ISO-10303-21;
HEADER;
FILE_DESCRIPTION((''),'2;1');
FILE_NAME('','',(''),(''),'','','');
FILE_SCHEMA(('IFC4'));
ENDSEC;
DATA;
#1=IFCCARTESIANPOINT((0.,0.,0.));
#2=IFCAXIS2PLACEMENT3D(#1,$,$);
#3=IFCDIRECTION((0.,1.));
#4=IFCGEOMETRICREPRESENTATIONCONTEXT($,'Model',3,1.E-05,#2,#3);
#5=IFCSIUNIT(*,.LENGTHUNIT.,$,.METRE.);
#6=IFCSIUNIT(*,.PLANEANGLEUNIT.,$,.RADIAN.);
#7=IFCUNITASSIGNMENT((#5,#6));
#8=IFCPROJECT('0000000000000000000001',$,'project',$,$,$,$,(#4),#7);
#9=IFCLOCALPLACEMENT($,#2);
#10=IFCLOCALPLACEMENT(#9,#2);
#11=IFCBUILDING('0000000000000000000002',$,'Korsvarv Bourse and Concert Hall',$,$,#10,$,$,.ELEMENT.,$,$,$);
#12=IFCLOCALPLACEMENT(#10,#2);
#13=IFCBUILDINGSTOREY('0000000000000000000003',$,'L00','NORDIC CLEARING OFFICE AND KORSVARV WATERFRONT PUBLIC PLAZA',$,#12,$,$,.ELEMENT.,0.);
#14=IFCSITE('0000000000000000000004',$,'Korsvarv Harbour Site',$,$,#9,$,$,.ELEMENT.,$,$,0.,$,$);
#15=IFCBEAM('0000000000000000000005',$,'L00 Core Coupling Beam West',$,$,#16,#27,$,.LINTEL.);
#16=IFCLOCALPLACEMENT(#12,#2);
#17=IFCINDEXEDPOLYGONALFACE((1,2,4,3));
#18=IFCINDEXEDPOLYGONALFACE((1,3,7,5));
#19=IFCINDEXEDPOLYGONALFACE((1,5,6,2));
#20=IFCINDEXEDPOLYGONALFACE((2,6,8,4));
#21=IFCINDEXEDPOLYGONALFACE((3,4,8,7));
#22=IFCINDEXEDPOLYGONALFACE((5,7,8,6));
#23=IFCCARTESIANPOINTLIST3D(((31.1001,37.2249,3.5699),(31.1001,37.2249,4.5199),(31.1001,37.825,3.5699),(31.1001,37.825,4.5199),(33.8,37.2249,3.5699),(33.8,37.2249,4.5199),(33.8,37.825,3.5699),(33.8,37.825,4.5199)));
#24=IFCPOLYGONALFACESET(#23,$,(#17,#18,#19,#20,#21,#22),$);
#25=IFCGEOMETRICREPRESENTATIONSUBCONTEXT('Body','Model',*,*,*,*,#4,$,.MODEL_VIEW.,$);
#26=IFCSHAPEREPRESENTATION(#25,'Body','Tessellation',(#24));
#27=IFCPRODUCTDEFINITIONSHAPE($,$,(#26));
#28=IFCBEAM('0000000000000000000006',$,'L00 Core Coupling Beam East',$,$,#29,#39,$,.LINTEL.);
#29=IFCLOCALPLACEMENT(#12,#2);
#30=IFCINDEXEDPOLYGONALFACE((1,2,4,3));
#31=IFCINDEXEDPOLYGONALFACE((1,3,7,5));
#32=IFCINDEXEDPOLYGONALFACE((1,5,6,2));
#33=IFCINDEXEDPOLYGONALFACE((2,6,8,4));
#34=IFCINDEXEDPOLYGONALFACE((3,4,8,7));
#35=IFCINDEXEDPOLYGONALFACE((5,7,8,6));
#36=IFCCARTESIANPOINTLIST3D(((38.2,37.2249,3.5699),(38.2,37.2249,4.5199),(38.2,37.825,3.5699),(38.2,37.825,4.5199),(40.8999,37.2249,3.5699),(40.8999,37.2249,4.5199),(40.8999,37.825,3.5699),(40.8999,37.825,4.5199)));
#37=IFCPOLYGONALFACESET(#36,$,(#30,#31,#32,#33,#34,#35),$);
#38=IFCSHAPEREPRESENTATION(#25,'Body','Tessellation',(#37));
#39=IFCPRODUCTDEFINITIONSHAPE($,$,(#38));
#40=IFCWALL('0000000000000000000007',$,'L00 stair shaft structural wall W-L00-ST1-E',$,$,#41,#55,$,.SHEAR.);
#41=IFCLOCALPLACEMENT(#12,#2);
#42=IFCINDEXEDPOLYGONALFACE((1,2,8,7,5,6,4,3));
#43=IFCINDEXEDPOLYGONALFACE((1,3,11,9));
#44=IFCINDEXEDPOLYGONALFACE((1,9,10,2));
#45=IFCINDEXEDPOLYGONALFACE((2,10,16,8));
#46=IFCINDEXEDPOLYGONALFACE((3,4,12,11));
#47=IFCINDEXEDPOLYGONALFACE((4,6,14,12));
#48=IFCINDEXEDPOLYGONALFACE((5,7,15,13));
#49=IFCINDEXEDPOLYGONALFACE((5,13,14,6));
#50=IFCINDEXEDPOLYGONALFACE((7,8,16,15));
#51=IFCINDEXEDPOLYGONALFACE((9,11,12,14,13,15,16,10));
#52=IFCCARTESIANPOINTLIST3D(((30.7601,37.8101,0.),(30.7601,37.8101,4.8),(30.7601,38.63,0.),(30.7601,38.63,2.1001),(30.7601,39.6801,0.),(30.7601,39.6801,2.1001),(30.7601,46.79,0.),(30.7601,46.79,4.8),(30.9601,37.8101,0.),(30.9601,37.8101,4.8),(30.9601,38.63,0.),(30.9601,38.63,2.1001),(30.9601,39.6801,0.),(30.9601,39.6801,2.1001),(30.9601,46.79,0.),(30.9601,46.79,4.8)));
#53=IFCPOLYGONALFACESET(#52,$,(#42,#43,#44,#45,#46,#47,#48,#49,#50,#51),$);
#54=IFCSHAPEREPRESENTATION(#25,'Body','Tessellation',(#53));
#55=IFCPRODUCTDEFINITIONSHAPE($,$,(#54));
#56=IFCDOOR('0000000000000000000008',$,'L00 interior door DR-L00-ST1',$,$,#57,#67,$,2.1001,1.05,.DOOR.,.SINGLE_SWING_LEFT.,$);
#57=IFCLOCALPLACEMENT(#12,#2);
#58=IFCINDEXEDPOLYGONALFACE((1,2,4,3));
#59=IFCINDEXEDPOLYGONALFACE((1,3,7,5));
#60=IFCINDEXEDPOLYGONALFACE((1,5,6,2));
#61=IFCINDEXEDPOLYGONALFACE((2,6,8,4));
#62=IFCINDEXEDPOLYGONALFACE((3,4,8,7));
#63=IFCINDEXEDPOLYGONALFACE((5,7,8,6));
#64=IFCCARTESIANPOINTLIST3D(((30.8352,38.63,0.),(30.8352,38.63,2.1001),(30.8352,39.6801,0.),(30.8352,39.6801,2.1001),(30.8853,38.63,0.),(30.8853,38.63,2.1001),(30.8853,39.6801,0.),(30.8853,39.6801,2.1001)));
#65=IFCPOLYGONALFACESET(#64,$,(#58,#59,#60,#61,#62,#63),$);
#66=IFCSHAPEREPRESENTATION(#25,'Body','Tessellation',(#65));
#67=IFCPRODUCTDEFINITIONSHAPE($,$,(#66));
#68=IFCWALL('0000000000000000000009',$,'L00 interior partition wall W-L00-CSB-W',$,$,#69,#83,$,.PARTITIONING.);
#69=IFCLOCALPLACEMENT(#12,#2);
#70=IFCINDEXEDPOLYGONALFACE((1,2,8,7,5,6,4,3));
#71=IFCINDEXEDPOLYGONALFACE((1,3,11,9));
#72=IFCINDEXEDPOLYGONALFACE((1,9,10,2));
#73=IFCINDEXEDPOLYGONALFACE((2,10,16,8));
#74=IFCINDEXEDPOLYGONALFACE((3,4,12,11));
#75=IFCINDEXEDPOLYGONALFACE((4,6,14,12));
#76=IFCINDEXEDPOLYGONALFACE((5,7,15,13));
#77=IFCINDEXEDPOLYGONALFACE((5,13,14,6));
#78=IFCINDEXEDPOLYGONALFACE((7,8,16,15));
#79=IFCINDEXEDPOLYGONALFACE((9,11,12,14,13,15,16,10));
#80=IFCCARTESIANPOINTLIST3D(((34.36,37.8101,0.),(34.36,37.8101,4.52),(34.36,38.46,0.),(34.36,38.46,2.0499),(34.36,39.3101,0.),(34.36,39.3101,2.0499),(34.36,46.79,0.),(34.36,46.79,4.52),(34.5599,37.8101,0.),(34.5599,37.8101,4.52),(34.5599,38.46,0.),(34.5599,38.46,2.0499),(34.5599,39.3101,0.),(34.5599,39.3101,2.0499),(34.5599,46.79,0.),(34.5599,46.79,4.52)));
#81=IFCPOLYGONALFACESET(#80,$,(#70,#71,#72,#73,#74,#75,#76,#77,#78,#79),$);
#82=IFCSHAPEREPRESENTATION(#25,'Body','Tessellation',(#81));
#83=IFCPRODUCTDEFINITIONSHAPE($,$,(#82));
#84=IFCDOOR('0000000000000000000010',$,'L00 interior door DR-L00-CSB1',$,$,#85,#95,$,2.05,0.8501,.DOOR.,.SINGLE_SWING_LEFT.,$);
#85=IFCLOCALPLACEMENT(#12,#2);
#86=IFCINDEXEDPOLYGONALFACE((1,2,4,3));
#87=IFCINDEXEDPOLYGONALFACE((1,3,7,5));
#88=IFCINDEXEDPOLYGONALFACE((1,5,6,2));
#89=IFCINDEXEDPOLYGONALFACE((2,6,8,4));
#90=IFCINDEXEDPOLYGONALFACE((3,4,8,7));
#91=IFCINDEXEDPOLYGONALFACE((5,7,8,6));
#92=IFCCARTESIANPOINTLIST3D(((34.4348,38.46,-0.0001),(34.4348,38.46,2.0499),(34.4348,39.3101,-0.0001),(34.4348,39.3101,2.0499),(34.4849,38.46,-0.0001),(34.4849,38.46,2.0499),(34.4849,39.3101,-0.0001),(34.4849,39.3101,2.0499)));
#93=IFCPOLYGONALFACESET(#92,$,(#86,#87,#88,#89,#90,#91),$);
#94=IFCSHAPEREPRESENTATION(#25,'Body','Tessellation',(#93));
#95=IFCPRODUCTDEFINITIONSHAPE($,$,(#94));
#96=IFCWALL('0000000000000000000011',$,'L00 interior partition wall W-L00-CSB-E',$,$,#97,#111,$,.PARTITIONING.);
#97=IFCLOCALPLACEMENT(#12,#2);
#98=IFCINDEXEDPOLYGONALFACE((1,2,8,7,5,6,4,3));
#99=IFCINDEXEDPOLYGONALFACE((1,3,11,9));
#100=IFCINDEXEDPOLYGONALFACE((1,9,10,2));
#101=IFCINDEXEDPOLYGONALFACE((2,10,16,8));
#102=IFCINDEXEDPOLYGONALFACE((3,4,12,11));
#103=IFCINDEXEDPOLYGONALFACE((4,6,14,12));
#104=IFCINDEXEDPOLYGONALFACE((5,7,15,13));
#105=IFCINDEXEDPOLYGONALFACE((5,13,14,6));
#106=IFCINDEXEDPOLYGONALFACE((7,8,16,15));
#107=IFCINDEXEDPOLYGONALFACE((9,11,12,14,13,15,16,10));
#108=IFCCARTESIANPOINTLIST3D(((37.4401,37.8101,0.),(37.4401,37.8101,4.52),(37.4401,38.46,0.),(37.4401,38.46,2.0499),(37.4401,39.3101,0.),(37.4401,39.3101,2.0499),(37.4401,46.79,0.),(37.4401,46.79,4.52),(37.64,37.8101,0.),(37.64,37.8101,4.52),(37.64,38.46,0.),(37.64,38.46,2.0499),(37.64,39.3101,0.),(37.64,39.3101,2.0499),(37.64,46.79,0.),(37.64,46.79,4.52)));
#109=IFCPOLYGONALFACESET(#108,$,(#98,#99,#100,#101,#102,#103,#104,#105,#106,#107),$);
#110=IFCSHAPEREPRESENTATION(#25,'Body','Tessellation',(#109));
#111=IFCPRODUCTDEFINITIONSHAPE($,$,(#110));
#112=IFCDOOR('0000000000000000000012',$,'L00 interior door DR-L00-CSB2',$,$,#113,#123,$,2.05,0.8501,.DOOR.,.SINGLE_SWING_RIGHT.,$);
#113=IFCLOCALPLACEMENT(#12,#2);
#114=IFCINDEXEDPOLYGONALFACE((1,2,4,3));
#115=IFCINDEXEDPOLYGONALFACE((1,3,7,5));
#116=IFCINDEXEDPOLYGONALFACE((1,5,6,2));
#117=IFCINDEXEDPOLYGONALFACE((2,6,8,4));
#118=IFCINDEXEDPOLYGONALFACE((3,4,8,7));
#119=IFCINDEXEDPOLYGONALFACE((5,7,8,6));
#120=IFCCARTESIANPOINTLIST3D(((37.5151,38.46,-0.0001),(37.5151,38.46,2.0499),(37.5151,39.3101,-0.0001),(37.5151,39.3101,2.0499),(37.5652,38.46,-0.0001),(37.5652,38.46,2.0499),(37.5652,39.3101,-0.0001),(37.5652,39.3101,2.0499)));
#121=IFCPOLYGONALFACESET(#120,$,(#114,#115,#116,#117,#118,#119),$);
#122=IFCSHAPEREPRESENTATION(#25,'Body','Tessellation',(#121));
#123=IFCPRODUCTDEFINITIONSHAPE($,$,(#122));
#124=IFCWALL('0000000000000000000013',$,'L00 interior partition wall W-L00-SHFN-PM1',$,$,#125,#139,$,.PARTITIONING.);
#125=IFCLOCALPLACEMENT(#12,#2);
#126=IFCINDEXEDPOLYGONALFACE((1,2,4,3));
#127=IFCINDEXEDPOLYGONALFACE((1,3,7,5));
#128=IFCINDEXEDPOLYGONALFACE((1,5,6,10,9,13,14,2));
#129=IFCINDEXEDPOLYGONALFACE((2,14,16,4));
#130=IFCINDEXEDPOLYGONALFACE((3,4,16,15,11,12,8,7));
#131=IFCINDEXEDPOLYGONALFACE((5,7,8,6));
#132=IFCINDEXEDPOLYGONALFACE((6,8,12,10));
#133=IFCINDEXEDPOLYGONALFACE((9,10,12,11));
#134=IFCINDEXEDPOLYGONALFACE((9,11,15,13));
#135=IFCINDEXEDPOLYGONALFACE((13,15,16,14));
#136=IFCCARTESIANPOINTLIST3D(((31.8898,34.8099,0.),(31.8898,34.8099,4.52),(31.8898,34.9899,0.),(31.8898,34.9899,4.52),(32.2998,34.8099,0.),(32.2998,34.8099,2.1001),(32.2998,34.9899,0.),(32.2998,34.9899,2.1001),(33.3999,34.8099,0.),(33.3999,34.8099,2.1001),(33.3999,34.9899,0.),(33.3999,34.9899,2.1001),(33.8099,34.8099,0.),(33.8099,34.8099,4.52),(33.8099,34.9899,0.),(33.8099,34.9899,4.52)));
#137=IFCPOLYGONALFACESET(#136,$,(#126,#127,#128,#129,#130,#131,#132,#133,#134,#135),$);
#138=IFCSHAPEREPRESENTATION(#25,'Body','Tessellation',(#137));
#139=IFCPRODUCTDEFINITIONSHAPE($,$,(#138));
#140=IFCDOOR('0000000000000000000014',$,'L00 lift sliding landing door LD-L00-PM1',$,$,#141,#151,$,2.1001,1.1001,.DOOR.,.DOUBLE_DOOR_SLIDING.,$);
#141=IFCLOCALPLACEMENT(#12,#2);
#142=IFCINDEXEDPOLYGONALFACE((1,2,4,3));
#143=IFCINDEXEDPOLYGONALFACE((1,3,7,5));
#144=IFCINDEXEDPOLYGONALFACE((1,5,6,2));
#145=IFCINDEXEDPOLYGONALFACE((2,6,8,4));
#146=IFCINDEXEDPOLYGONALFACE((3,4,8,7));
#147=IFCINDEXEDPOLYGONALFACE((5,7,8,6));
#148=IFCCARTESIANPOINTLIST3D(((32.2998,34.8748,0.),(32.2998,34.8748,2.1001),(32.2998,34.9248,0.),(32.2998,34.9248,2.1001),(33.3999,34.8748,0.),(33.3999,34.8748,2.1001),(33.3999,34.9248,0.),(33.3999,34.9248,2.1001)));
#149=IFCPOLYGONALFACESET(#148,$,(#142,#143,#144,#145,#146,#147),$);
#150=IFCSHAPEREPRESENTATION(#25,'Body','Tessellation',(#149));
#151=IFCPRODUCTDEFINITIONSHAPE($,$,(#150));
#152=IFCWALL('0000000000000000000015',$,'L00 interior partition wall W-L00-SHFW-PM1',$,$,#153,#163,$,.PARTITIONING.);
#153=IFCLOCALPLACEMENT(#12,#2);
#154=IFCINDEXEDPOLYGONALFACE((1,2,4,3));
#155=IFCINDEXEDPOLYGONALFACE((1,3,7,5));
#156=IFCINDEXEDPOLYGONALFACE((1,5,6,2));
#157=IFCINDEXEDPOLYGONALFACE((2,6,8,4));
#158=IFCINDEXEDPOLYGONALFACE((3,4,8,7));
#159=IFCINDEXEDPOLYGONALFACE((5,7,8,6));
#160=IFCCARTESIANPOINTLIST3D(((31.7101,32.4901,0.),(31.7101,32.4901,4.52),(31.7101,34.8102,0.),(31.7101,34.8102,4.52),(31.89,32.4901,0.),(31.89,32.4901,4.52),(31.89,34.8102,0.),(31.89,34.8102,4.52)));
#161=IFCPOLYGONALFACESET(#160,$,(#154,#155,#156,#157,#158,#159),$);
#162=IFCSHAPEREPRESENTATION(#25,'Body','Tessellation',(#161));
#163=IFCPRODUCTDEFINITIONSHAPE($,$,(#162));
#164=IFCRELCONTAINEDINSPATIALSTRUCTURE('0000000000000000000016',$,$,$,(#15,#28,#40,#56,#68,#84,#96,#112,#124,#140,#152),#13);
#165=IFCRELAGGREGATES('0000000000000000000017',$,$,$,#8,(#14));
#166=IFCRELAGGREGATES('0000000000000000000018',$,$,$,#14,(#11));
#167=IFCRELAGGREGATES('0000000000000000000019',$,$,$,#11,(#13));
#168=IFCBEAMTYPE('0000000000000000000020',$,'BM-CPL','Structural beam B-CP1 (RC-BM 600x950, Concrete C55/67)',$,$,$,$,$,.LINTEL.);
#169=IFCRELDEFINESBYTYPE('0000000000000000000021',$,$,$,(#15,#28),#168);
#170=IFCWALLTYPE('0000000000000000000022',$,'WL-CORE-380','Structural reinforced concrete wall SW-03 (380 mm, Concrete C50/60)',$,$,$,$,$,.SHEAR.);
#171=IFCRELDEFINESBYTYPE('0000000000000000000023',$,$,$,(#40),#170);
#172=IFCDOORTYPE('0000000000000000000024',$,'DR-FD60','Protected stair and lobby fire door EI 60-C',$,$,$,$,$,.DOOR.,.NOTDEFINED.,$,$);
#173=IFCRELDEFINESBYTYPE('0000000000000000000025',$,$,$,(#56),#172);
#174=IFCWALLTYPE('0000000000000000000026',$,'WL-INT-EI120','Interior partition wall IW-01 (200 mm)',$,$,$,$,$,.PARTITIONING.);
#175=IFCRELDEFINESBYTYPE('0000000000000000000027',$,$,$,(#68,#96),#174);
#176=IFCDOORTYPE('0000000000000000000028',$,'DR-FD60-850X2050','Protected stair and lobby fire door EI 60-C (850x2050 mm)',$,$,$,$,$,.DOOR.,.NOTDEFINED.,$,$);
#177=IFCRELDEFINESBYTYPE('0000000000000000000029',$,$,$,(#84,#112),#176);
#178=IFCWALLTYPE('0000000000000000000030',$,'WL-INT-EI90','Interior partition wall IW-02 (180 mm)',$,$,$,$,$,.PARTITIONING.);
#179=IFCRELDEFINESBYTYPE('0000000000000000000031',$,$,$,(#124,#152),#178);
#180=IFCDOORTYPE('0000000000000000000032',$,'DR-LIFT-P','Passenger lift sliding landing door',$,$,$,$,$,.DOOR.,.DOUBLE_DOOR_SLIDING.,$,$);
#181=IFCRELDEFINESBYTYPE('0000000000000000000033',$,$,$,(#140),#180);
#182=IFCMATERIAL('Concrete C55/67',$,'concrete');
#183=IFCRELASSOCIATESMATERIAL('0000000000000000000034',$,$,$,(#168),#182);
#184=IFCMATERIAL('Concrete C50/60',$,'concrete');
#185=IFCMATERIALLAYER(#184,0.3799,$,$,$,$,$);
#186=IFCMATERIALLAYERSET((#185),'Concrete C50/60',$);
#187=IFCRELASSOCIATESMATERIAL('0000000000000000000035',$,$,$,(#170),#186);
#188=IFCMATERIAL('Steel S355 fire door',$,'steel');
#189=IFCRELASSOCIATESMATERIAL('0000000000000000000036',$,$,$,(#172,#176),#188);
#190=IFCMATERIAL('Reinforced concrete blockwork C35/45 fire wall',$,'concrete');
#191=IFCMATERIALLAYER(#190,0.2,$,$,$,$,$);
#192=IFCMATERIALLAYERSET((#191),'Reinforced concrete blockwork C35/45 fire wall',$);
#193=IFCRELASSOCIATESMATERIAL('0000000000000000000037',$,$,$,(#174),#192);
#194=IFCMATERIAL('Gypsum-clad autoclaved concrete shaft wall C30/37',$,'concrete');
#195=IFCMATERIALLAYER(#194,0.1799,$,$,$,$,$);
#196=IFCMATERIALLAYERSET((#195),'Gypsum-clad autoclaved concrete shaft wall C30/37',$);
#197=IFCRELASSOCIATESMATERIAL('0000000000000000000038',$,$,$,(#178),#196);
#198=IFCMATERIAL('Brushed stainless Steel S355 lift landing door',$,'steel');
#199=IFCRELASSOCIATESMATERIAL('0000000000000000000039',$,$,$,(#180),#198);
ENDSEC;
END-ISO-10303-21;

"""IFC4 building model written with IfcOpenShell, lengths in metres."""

from ifc_helpers import new_model, si_unit, direction, frame, frame_2d, origin, origin_2d, place, context, subcontext, project, spatial, rectangle, extrude, source, transform, mapped, material, layer, layer_set, material_profile, profile_set, type_object, element, fill, save


model = new_model("IFC4")

# Units and contexts
model_context = context("Model", 3, precision=1e-05, world=origin(), true_north=direction((0.0, 1.0)))
body_context = subcontext(model_context, "Body", "Model", "MODEL_VIEW")
ifc_project = project(units=[si_unit("LENGTHUNIT", "METRE"), si_unit("PLANEANGLEUNIT", "RADIAN")], contexts=[model_context])

# Site, building, storey
site_placement = place(None, origin())
site = spatial("IfcSite", under=ifc_project, at=site_placement, Name="Korsvarv Harbour Site", CompositionType="ELEMENT", RefElevation=0.0)
building_placement = place(site_placement, origin())
building = spatial("IfcBuilding", under=site, at=building_placement, Name="Korsvarv Bourse and Concert Hall", CompositionType="ELEMENT")
storey_placement = place(building_placement, origin())
storey = spatial("IfcBuildingStorey", under=building, at=storey_placement, Name="L00", Description="NORDIC CLEARING OFFICE AND KORSVARV WATERFRONT PUBLIC PLAZA", CompositionType="ELEMENT", Elevation=0.0)

# Beams
ifc_material_1 = material(Name="Concrete C55/67", Category="concrete")
ifc_material_profile = material_profile(ifc_material_1, rectangle(XDim=0.6001, YDim=0.95, at=origin_2d()), Name="RC-BM 600x950")
ifc_profile_set = profile_set([ifc_material_profile], Name="Concrete C55/67")
beam_type = type_object("IfcBeamType", Name="BM-CPL", Description="Structural beam B-CP1 (RC-BM 600x950, Concrete C55/67)", PredefinedType="LINTEL", material=ifc_profile_set)
shared_shape_1 = source(origin(), body_context, "Body", "SweptSolid", [
    extrude(rectangle(XDim=0.6001, YDim=0.95, at=origin_2d()), origin(), (0.0, 0.0, 1.0), 2.7),
])
for number, where, z_axis, x_axis, name in (
    (1, (31.1001, 37.5249, 4.0449), (1.0, 0.0, 0.0), (0.0, 1.0, 0.0), "L00 Core Coupling Beam West"),
    (2, (38.2, 37.5249, 4.0449), (1.0, 0.0, 0.0), (0.0, 1.0, 0.0), "L00 Core Coupling Beam East"),
):
    element("IfcBeam", number, at=place(storey_placement, frame(where, z_axis=z_axis, x_axis=x_axis)), inside=storey, type_object=beam_type, Name=name, PredefinedType="LINTEL", context=body_context, shape_type="MappedRepresentation", body=[
        mapped(shared_shape_1, transform((0.0, 0.0, 0.0), scale=1.0)),
    ])

# Walls, openings, doors
ifc_material_2 = material(Name="Concrete C50/60", Category="concrete")
ifc_layer_1 = layer(ifc_material_2, 0.3799)
ifc_layer_set_1 = layer_set([ifc_layer_1], Name="Concrete C50/60")
wall_type_1 = type_object("IfcWallType", Name="WL-CORE-380", Description="Structural reinforced concrete wall SW-03 (380 mm, Concrete C50/60)", PredefinedType="SHEAR", material=ifc_layer_set_1)
wall_1_placement = place(storey_placement, frame((30.8601, 37.8101, 0.0), z_axis=(0.0, 0.0, 1.0), x_axis=(0.0, 1.0, 0.0)))
wall_1 = element("IfcWall", 3, at=wall_1_placement, inside=storey, type_object=wall_type_1, Name="L00 stair shaft structural wall W-L00-ST1-E", PredefinedType="SHEAR", context=body_context, shape_type="SweptSolid", body=[
    extrude(rectangle(XDim=8.98, YDim=0.2, at=frame_2d((4.49, 0.0))), origin(), (0.0, 0.0, 1.0), 4.8),
])
opening_1_placement = place(wall_1_placement, frame((0.8201, 0.0, 0.0)))
opening_1 = element("IfcOpeningElement", 4, at=opening_1_placement, cuts=wall_1, PredefinedType="OPENING", context=body_context, shape_type="SweptSolid", body=[
    extrude(rectangle(XDim=1.05, YDim=2.1001, at=frame_2d((0.5249, 1.05))), frame((0.0, 0.1099, 0.0), z_axis=(0.0, -1.0, 0.0), x_axis=(1.0, 0.0, 0.0)), (0.0, 0.0, 1.0), 0.22),
])
ifc_material_3 = material(Name="Steel S355 fire door", Category="steel")
door_type_1 = type_object("IfcDoorType", Name="DR-FD60", Description="Protected stair and lobby fire door EI 60-C", OperationType="NOTDEFINED", PredefinedType="DOOR", material=ifc_material_3)
door_1_placement = place(opening_1_placement, origin())
door_1 = element("IfcDoor", 5, at=door_1_placement, inside=storey, type_object=door_type_1, Name="L00 interior door DR-L00-ST1", OperationType="SINGLE_SWING_LEFT", OverallHeight=2.1001, OverallWidth=1.05, PredefinedType="DOOR", context=body_context, shape_type="SweptSolid", body=[
    extrude(rectangle(XDim=1.05, YDim=2.1001, at=frame_2d((0.5249, 1.05))), frame((0.0, 0.0249, 0.0), z_axis=(0.0, -1.0, 0.0), x_axis=(1.0, 0.0, 0.0)), (0.0, 0.0, 1.0), 0.05),
])
fill(opening_1, door_1)
ifc_material_4 = material(Name="Reinforced concrete blockwork C35/45 fire wall", Category="concrete")
ifc_layer_2 = layer(ifc_material_4, 0.2)
ifc_layer_set_2 = layer_set([ifc_layer_2], Name="Reinforced concrete blockwork C35/45 fire wall")
wall_type_2 = type_object("IfcWallType", Name="WL-INT-EI120", Description="Interior partition wall IW-01 (200 mm)", PredefinedType="PARTITIONING", material=ifc_layer_set_2)
wall_2_placement = place(storey_placement, frame((34.46, 37.8101, 0.0), z_axis=(0.0, 0.0, 1.0), x_axis=(0.0, 1.0, 0.0)))
wall_2 = element("IfcWall", 6, at=wall_2_placement, inside=storey, type_object=wall_type_2, Name="L00 interior partition wall W-L00-CSB-W", PredefinedType="PARTITIONING", context=body_context, shape_type="SweptSolid", body=[
    extrude(rectangle(XDim=8.98, YDim=0.2, at=frame_2d((4.49, 0.0))), origin(), (0.0, 0.0, 1.0), 4.52),
])
opening_2_placement = place(wall_2_placement, frame((0.6499, 0.0, 0.0)))
opening_2 = element("IfcOpeningElement", 7, at=opening_2_placement, cuts=wall_2, PredefinedType="OPENING", context=body_context, shape_type="SweptSolid", body=[
    extrude(rectangle(XDim=0.8501, YDim=2.05, at=frame_2d((0.425, 1.0249))), frame((0.0, 0.1099, 0.0), z_axis=(0.0, -1.0, 0.0), x_axis=(1.0, 0.0, 0.0)), (0.0, 0.0, 1.0), 0.22),
])
door_type_2 = type_object("IfcDoorType", Name="DR-FD60-850X2050", Description="Protected stair and lobby fire door EI 60-C (850x2050 mm)", OperationType="NOTDEFINED", PredefinedType="DOOR", material=ifc_material_3)
door_2_placement = place(opening_2_placement, frame((0.8501, 0.0, 0.0), z_axis=(0.0, 0.0, 1.0), x_axis=(-1.0, 0.0, 0.0)))
door_2 = element("IfcDoor", 8, at=door_2_placement, inside=storey, type_object=door_type_2, Name="L00 interior door DR-L00-CSB1", OperationType="SINGLE_SWING_LEFT", OverallHeight=2.05, OverallWidth=0.8501, PredefinedType="DOOR", context=body_context, shape_type="SweptSolid", body=[
    extrude(rectangle(XDim=0.8501, YDim=2.05, at=frame_2d((0.425, 1.0249))), frame((0.0, 0.0249, 0.0), z_axis=(0.0, -1.0, 0.0), x_axis=(1.0, 0.0, 0.0)), (0.0, 0.0, 1.0), 0.05),
])
fill(opening_2, door_2)
wall_3_placement = place(storey_placement, frame((37.54, 37.8101, 0.0), z_axis=(0.0, 0.0, 1.0), x_axis=(0.0, 1.0, 0.0)))
wall_3 = element("IfcWall", 9, at=wall_3_placement, inside=storey, type_object=wall_type_2, Name="L00 interior partition wall W-L00-CSB-E", PredefinedType="PARTITIONING", context=body_context, shape_type="SweptSolid", body=[
    extrude(rectangle(XDim=8.98, YDim=0.2, at=frame_2d((4.49, 0.0))), origin(), (0.0, 0.0, 1.0), 4.52),
])
opening_3_placement = place(wall_3_placement, frame((0.6499, 0.0, 0.0)))
opening_3 = element("IfcOpeningElement", 10, at=opening_3_placement, cuts=wall_3, PredefinedType="OPENING", context=body_context, shape_type="SweptSolid", body=[
    extrude(rectangle(XDim=0.8501, YDim=2.05, at=frame_2d((0.425, 1.0249))), frame((0.0, 0.1099, 0.0), z_axis=(0.0, -1.0, 0.0), x_axis=(1.0, 0.0, 0.0)), (0.0, 0.0, 1.0), 0.22),
])
door_3_placement = place(opening_3_placement, origin())
door_3 = element("IfcDoor", 11, at=door_3_placement, inside=storey, type_object=door_type_2, Name="L00 interior door DR-L00-CSB2", OperationType="SINGLE_SWING_RIGHT", OverallHeight=2.05, OverallWidth=0.8501, PredefinedType="DOOR", context=body_context, shape_type="SweptSolid", body=[
    extrude(rectangle(XDim=0.8501, YDim=2.05, at=frame_2d((0.425, 1.0249))), frame((0.0, 0.0249, 0.0), z_axis=(0.0, -1.0, 0.0), x_axis=(1.0, 0.0, 0.0)), (0.0, 0.0, 1.0), 0.05),
])
fill(opening_3, door_3)
ifc_material_5 = material(Name="Gypsum-clad autoclaved concrete shaft wall C30/37", Category="concrete")
ifc_layer_3 = layer(ifc_material_5, 0.1799)
ifc_layer_set_3 = layer_set([ifc_layer_3], Name="Gypsum-clad autoclaved concrete shaft wall C30/37")
wall_type_3 = type_object("IfcWallType", Name="WL-INT-EI90", Description="Interior partition wall IW-02 (180 mm)", PredefinedType="PARTITIONING", material=ifc_layer_set_3)
wall_4_placement = place(storey_placement, frame((31.8899, 34.8999, 0.0), z_axis=(0.0, 0.0, 1.0), x_axis=(1.0, 0.0, 0.0)))
wall_4 = element("IfcWall", 12, at=wall_4_placement, inside=storey, type_object=wall_type_3, Name="L00 interior partition wall W-L00-SHFN-PM1", PredefinedType="PARTITIONING", context=body_context, shape_type="SweptSolid", body=[
    extrude(rectangle(XDim=1.9202, YDim=0.1799, at=frame_2d((0.96, 0.0))), origin(), (0.0, 0.0, 1.0), 4.52),
])
opening_4_placement = place(wall_4_placement, frame((0.4099, 0.0, 0.0)))
opening_4 = element("IfcOpeningElement", 13, at=opening_4_placement, cuts=wall_4, PredefinedType="OPENING", context=body_context, shape_type="SweptSolid", body=[
    extrude(rectangle(XDim=1.1001, YDim=2.1001, at=frame_2d((0.55, 1.05))), frame((0.0, 0.1001, 0.0), z_axis=(0.0, -1.0, 0.0), x_axis=(1.0, 0.0, 0.0)), (0.0, 0.0, 1.0), 0.2),
])
ifc_material_6 = material(Name="Brushed stainless Steel S355 lift landing door", Category="steel")
door_type_3 = type_object("IfcDoorType", Name="DR-LIFT-P", Description="Passenger lift sliding landing door", OperationType="DOUBLE_DOOR_SLIDING", PredefinedType="DOOR", material=ifc_material_6)
door_4_placement = place(opening_4_placement, origin())
door_4 = element("IfcDoor", 14, at=door_4_placement, inside=storey, type_object=door_type_3, Name="L00 lift sliding landing door LD-L00-PM1", OperationType="DOUBLE_DOOR_SLIDING", OverallHeight=2.1001, OverallWidth=1.1001, PredefinedType="DOOR", context=body_context, shape_type="SweptSolid", body=[
    extrude(rectangle(XDim=1.1001, YDim=2.1001, at=frame_2d((0.55, 1.05))), frame((0.0, 0.0249, 0.0), z_axis=(0.0, -1.0, 0.0), x_axis=(1.0, 0.0, 0.0)), (0.0, 0.0, 1.0), 0.05),
])
fill(opening_4, door_4)

# Wall
wall_5_placement = place(storey_placement, frame((31.8, 32.49, 0.0), z_axis=(0.0, 0.0, 1.0), x_axis=(0.0, 1.0, 0.0)))
element("IfcWall", 15, at=wall_5_placement, inside=storey, type_object=wall_type_3, Name="L00 interior partition wall W-L00-SHFW-PM1", PredefinedType="PARTITIONING", context=body_context, shape_type="SweptSolid", body=[
    extrude(rectangle(XDim=2.3201, YDim=0.1799, at=frame_2d((1.1602, 0.0))), origin(), (0.0, 0.0, 1.0), 4.52),
])

save(model, "model.ifc")
